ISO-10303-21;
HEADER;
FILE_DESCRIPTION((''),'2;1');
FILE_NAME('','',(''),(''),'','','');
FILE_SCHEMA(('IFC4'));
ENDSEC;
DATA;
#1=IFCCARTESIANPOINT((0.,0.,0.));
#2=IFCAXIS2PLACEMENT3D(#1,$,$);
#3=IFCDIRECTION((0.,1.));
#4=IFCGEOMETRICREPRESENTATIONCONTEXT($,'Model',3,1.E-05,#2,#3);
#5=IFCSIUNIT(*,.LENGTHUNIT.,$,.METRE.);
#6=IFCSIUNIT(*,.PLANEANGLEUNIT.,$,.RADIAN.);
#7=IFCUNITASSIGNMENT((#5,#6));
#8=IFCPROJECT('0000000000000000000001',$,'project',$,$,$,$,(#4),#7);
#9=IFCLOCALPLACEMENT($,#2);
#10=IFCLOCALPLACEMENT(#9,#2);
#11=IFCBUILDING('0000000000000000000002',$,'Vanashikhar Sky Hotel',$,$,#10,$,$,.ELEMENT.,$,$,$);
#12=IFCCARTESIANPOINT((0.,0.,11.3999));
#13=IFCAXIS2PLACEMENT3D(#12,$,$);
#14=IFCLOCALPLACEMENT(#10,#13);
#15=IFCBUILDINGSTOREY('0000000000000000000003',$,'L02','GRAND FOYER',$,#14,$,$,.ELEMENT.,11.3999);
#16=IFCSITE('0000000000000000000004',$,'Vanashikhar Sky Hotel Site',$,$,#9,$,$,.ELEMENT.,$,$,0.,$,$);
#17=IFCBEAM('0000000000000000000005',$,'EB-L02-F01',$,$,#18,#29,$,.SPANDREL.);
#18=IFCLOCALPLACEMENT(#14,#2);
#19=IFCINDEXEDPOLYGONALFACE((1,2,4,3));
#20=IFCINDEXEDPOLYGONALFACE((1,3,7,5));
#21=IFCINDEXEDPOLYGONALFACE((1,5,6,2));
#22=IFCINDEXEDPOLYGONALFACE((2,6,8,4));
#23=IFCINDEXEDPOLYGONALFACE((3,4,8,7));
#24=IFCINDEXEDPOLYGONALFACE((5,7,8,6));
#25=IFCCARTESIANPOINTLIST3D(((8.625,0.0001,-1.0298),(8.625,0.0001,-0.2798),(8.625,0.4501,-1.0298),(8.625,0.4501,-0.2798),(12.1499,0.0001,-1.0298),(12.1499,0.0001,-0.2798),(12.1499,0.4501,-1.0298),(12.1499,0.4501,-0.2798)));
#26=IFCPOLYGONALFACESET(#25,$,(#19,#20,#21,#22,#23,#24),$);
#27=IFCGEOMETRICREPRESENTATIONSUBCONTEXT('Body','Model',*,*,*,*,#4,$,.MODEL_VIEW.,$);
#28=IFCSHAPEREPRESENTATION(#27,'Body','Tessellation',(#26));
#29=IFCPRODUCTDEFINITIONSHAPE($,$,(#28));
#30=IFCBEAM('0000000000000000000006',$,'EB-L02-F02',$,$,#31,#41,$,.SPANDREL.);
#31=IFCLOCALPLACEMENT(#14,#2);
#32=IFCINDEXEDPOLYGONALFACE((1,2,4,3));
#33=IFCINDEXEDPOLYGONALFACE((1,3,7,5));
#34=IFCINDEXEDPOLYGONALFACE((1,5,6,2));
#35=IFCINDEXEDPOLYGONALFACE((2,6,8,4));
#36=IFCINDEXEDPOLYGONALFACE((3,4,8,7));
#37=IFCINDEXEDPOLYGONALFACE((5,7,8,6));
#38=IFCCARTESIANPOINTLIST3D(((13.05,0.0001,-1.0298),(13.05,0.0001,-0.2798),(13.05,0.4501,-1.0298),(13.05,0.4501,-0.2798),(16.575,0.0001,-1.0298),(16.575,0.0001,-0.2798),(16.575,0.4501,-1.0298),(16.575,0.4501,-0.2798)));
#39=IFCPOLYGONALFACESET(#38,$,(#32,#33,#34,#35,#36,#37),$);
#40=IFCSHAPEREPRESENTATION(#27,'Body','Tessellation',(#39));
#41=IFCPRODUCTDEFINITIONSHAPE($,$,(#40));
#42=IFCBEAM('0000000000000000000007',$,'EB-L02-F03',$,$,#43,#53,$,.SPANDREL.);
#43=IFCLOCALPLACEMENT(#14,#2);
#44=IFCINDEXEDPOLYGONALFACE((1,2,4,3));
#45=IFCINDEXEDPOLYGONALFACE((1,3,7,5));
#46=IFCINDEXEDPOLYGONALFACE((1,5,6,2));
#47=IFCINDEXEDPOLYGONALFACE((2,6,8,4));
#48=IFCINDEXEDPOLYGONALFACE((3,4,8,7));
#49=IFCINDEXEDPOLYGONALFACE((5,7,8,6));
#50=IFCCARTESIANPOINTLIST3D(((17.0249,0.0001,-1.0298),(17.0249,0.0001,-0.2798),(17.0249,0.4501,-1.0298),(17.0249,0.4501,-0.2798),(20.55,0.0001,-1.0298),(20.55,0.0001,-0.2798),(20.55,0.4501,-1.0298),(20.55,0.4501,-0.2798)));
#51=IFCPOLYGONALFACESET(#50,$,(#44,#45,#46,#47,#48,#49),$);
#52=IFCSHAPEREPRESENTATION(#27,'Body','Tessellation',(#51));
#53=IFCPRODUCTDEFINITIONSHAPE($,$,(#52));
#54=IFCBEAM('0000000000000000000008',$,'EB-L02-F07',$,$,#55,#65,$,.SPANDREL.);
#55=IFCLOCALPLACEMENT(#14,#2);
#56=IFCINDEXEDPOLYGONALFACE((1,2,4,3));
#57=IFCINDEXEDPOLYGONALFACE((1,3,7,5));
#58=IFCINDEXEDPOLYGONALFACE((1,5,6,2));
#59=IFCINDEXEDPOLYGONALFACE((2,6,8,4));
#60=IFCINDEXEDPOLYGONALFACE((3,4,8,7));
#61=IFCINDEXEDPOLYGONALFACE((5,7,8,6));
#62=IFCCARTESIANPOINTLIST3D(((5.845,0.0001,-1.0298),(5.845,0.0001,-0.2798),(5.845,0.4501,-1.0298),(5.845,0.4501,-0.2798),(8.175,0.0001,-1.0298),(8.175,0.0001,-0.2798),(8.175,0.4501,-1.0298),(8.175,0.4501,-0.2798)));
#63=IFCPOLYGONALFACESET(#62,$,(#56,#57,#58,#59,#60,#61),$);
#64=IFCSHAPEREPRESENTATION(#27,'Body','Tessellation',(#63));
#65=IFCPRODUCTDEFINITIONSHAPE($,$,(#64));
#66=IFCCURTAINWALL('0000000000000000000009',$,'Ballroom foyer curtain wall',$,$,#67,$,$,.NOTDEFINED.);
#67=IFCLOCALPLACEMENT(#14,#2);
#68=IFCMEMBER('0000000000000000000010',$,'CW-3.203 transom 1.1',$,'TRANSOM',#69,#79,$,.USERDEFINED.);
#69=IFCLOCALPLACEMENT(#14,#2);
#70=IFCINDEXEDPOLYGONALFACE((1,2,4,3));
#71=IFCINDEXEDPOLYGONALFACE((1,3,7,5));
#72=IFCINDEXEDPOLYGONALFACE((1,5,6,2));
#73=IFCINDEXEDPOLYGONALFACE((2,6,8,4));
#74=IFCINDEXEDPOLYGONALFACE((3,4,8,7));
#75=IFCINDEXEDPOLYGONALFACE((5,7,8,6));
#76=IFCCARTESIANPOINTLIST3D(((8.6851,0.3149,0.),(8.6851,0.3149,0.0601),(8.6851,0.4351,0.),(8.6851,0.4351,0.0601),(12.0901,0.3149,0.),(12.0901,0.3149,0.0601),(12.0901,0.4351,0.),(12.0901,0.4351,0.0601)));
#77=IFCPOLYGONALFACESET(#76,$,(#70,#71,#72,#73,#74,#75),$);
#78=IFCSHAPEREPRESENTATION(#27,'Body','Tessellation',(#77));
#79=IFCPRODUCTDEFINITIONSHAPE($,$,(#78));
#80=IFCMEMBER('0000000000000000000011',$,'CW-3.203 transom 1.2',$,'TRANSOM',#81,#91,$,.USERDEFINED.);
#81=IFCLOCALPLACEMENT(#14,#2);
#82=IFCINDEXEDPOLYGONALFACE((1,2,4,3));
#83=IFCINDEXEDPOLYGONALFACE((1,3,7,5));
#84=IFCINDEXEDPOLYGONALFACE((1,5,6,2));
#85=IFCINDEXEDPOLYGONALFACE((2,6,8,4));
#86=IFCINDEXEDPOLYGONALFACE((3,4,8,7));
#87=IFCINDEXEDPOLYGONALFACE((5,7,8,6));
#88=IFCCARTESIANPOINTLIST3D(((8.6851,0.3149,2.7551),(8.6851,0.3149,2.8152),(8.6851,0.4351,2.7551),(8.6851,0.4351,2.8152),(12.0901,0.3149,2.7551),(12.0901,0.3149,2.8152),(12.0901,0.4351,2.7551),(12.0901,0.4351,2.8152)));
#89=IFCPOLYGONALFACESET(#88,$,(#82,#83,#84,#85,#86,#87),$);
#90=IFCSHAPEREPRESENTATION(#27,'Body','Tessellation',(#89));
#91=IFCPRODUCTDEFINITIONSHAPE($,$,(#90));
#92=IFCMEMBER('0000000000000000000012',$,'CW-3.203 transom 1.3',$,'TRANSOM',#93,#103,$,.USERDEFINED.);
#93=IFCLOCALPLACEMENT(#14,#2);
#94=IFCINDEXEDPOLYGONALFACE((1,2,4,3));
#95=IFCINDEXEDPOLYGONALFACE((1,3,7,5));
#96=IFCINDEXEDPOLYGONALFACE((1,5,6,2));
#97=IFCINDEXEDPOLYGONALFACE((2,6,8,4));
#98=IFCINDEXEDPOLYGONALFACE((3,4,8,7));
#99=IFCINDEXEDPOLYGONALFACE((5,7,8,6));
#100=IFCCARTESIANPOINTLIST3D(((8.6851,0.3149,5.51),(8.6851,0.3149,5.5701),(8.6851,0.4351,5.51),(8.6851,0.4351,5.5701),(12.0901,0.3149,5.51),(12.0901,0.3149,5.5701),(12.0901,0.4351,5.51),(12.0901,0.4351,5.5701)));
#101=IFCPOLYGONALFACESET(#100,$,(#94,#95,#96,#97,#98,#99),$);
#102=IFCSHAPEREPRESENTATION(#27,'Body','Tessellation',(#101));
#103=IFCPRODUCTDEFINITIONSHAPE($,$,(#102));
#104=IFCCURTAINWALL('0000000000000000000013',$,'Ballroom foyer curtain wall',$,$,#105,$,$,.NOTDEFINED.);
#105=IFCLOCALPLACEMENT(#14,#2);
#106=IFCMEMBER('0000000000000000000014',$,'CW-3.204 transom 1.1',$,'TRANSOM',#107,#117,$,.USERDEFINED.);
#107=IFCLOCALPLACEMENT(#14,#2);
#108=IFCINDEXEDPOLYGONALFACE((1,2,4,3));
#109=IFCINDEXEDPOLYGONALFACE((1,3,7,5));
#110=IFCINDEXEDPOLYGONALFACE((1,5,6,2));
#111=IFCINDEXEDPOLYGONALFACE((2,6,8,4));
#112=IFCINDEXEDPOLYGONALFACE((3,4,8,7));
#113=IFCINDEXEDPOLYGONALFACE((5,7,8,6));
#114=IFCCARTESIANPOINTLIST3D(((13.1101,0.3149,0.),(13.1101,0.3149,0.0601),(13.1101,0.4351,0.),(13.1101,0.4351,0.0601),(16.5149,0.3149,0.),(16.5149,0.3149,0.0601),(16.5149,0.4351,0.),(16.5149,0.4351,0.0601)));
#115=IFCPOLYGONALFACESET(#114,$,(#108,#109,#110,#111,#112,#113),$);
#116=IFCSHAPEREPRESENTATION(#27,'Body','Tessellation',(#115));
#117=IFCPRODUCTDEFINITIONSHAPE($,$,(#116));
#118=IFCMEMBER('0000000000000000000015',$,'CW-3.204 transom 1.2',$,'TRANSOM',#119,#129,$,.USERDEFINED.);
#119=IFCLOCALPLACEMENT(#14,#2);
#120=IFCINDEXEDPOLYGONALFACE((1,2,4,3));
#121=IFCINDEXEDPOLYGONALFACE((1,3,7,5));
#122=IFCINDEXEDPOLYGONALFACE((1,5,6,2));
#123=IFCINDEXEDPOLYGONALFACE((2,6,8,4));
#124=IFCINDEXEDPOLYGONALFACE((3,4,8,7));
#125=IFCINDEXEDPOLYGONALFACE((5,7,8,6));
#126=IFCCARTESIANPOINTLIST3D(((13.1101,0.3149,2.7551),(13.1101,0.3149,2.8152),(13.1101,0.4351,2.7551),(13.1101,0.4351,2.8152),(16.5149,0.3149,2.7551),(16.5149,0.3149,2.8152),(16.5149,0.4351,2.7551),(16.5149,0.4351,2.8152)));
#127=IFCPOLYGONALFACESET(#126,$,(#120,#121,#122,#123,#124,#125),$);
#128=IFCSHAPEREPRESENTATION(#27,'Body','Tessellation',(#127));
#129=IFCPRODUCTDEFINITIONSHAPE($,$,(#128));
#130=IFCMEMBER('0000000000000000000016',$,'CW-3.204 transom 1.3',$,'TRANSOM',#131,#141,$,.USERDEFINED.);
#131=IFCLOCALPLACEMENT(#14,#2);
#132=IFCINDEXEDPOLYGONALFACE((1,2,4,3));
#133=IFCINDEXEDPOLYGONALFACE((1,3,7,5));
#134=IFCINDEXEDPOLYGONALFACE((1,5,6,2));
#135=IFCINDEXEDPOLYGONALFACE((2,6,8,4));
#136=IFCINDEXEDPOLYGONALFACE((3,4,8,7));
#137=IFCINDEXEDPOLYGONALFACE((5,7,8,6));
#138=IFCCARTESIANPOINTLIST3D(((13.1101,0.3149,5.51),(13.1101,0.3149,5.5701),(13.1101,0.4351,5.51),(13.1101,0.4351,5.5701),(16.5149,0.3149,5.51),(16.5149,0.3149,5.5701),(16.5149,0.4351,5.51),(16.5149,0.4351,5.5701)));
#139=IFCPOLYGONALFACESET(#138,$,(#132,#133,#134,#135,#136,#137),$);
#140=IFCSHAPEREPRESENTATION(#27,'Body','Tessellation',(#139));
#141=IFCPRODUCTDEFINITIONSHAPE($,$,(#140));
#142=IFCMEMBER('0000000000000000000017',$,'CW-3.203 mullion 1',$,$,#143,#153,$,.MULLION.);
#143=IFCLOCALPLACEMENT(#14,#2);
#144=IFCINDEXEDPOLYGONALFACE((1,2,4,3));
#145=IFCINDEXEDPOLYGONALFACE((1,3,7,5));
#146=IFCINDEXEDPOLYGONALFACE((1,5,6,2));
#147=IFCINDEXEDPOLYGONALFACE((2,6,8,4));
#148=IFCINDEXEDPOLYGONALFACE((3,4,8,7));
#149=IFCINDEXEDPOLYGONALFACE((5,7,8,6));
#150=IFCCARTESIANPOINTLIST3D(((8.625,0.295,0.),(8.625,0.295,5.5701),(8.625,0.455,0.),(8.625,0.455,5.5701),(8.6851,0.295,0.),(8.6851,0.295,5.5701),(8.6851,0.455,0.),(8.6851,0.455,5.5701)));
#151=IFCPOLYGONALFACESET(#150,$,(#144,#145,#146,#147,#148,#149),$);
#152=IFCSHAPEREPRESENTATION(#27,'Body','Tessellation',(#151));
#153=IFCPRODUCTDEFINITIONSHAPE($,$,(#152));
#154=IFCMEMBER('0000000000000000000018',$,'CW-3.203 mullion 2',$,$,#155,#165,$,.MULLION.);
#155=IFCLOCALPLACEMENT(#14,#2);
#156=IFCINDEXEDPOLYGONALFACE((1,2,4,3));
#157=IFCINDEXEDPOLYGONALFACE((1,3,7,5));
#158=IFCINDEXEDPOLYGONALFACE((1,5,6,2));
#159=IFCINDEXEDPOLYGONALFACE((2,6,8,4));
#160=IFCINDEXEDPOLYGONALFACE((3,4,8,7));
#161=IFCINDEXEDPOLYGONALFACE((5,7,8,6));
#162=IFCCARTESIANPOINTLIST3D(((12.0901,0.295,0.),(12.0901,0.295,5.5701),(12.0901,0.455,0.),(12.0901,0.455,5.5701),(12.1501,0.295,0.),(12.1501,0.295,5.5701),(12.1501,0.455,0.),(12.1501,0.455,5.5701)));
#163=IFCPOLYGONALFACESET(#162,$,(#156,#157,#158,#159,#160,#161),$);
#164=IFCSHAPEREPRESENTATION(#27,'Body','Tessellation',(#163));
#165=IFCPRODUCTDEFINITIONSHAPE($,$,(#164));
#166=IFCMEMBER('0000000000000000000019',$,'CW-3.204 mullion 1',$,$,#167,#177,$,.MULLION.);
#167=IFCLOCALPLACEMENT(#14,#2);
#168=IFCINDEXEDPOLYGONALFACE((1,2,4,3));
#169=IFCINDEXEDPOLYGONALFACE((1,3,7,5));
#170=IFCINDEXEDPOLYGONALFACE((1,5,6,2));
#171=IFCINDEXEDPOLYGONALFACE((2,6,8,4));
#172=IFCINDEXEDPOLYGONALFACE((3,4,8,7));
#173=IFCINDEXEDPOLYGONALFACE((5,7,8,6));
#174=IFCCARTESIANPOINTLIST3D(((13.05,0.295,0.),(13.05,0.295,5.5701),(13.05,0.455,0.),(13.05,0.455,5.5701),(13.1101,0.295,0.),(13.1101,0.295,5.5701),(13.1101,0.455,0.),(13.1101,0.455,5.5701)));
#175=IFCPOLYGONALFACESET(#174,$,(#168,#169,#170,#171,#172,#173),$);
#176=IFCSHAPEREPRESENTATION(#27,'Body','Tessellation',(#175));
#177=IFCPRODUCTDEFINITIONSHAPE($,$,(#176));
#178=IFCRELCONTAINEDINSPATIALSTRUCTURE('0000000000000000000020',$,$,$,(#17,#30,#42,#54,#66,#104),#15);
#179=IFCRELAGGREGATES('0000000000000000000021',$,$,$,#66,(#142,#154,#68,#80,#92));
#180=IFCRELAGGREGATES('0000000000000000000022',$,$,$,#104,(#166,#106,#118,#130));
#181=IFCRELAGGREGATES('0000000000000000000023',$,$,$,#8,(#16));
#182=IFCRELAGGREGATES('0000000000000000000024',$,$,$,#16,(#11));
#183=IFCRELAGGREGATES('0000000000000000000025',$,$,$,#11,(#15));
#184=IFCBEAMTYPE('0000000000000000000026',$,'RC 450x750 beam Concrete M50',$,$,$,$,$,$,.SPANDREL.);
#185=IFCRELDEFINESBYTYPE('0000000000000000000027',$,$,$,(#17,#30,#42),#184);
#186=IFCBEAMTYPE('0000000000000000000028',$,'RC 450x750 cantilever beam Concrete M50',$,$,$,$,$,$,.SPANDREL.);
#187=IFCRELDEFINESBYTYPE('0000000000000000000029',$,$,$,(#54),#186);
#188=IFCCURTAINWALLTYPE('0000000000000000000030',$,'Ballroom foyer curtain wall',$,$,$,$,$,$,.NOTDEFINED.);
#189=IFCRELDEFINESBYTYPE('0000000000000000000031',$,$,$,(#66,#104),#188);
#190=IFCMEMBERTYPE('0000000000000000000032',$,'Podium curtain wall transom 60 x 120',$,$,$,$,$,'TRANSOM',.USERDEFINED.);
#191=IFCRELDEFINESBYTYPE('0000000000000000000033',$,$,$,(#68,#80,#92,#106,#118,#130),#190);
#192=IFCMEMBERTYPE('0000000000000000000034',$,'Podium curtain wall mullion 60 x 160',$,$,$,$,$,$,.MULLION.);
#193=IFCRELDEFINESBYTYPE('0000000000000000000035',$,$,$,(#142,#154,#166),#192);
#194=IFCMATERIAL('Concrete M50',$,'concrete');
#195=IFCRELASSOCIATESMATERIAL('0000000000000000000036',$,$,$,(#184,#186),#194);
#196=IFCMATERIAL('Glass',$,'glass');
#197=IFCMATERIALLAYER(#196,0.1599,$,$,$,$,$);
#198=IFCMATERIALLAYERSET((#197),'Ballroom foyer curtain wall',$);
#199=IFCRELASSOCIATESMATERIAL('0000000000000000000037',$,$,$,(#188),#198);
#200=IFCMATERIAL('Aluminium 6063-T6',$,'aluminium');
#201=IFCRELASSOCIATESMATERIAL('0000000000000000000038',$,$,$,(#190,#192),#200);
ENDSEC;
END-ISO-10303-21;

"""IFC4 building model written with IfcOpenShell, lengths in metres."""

from ifc_helpers import new_model, si_unit, direction, frame, origin, origin_2d, place, context, subcontext, project, spatial, rectangle, extrude, source, transform, mapped, material, layer, layer_set, material_profile, profile_set, type_object, element, aggregate, save


model = new_model("IFC4")

# Units and contexts
model_context = context("Model", 3, precision=1e-05, world=origin(), true_north=direction((0.0, 1.0)))
body_context = subcontext(model_context, "Body", "Model", "MODEL_VIEW")
ifc_project = project(units=[si_unit("LENGTHUNIT", "METRE"), si_unit("PLANEANGLEUNIT", "RADIAN")], contexts=[model_context])

# Site, building, storey
site_placement = place(None, origin())
site = spatial("IfcSite", under=ifc_project, at=site_placement, Name="Vanashikhar Sky Hotel Site", CompositionType="ELEMENT", RefElevation=0.0)
building_placement = place(site_placement, origin())
building = spatial("IfcBuilding", under=site, at=building_placement, Name="Vanashikhar Sky Hotel", CompositionType="ELEMENT")
storey_placement = place(building_placement, frame((0.0, 0.0, 11.3999)))
storey = spatial("IfcBuildingStorey", under=building, at=storey_placement, Name="L02", Description="GRAND FOYER", CompositionType="ELEMENT", Elevation=11.3999)

# Beams
ifc_material_1 = material(Name="Concrete M50", Category="concrete")
ifc_material_profile_1 = material_profile(ifc_material_1, rectangle(XDim=0.45, YDim=0.75, at=origin_2d()))
ifc_profile_set_1 = profile_set([ifc_material_profile_1], Name="RC 450x750 beam Concrete M50")
beam_type_1 = type_object("IfcBeamType", Name="RC 450x750 beam Concrete M50", PredefinedType="SPANDREL", material=ifc_profile_set_1)
shared_shape_1 = source(origin(), body_context, "Body", "SweptSolid", [
    extrude(rectangle(XDim=0.45, YDim=0.75, at=origin_2d()), origin(), (0.0, 0.0, 1.0), 3.5249),
])
for number, where, z_axis, x_axis, name in (
    (1, (8.625, 0.2251, -0.6548), (1.0, 0.0, 0.0), (0.0, 1.0, 0.0), "EB-L02-F01"),
    (2, (13.05, 0.2251, -0.6548), (1.0, 0.0, 0.0), (0.0, 1.0, 0.0), "EB-L02-F02"),
):
    element("IfcBeam", number, at=place(storey_placement, frame(where, z_axis=z_axis, x_axis=x_axis)), inside=storey, type_object=beam_type_1, Name=name, PredefinedType="SPANDREL", context=body_context, shape_type="MappedRepresentation", body=[
        mapped(shared_shape_1, transform((0.0, 0.0, 0.0), scale=1.0)),
    ])
shared_shape_2 = source(origin(), body_context, "Body", "SweptSolid", [
    extrude(rectangle(XDim=0.45, YDim=0.75, at=origin_2d()), origin(), (0.0, 0.0, 1.0), 3.5251),
])
beam_1_placement = place(storey_placement, frame((17.0249, 0.2251, -0.6548), z_axis=(1.0, 0.0, 0.0), x_axis=(0.0, 1.0, 0.0)))
element("IfcBeam", 3, at=beam_1_placement, inside=storey, type_object=beam_type_1, Name="EB-L02-F03", PredefinedType="SPANDREL", context=body_context, shape_type="MappedRepresentation", body=[
    mapped(shared_shape_2, transform((0.0, 0.0, 0.0), scale=1.0)),
])
ifc_material_profile_2 = material_profile(ifc_material_1, rectangle(XDim=0.45, YDim=0.75, at=origin_2d()))
ifc_profile_set_2 = profile_set([ifc_material_profile_2], Name="RC 450x750 cantilever beam Concrete M50")
beam_type_2 = type_object("IfcBeamType", Name="RC 450x750 cantilever beam Concrete M50", PredefinedType="SPANDREL", material=ifc_profile_set_2)
shared_shape_3 = source(origin(), body_context, "Body", "SweptSolid", [
    extrude(rectangle(XDim=0.45, YDim=0.75, at=origin_2d()), origin(), (0.0, 0.0, 1.0), 2.3301),
])
beam_2_placement = place(storey_placement, frame((5.845, 0.2251, -0.6548), z_axis=(1.0, 0.0, 0.0), x_axis=(0.0, 1.0, 0.0)))
element("IfcBeam", 4, at=beam_2_placement, inside=storey, type_object=beam_type_2, Name="EB-L02-F07", PredefinedType="SPANDREL", context=body_context, shape_type="MappedRepresentation", body=[
    mapped(shared_shape_3, transform((0.0, 0.0, 0.0), scale=1.0)),
])

# Curtain walls, members
ifc_material_2 = material(Name="Glass", Category="glass")
ifc_layer_1 = layer(ifc_material_2, 0.1599)
ifc_layer_set_1 = layer_set([ifc_layer_1], Name="Ballroom foyer curtain wall")
curtain_wall_type = type_object("IfcCurtainWallType", Name="Ballroom foyer curtain wall", PredefinedType="NOTDEFINED", material=ifc_layer_set_1)
curtain_wall_1_placement = place(storey_placement, origin())
curtain_wall_1 = element("IfcCurtainWall", 5, at=curtain_wall_1_placement, inside=storey, type_object=curtain_wall_type, Name="Ballroom foyer curtain wall", PredefinedType="NOTDEFINED")
ifc_material_3 = material(Name="Aluminium 6063-T6", Category="aluminium")
ifc_material_profile_3 = material_profile(ifc_material_3, rectangle(XDim=0.1201, YDim=0.0601, at=origin_2d()))
ifc_profile_set_3 = profile_set([ifc_material_profile_3], Name="Aluminium 6063-T6")
member_type_1 = type_object("IfcMemberType", Name="Podium curtain wall transom 60 x 120", ElementType="TRANSOM", PredefinedType="USERDEFINED", material=ifc_profile_set_3)
shared_shape_4 = source(origin(), body_context, "Body", "SweptSolid", [
    extrude(rectangle(XDim=0.1201, YDim=0.0601, at=origin_2d()), origin(), (0.0, 0.0, 1.0), 3.405),
])
member_1_placement = place(storey_placement, frame((8.6851, 0.375, 0.03), z_axis=(1.0, 0.0, 0.0), x_axis=(0.0, 1.0, 0.0)))
member_1 = element("IfcMember", 6, at=member_1_placement, type_object=member_type_1, Name="CW-3.203 transom 1.1", ObjectType="TRANSOM", PredefinedType="USERDEFINED", context=body_context, shape_type="MappedRepresentation", body=[
    mapped(shared_shape_4, transform((0.0, 0.0, 0.0), scale=1.0)),
])
member_2_placement = place(storey_placement, frame((8.6851, 0.375, 2.7852), z_axis=(1.0, 0.0, 0.0), x_axis=(0.0, 1.0, 0.0)))
member_2 = element("IfcMember", 7, at=member_2_placement, type_object=member_type_1, Name="CW-3.203 transom 1.2", ObjectType="TRANSOM", PredefinedType="USERDEFINED", context=body_context, shape_type="MappedRepresentation", body=[
    mapped(shared_shape_4, transform((0.0, 0.0, 0.0), scale=1.0)),
])
member_3_placement = place(storey_placement, frame((8.6851, 0.375, 5.54), z_axis=(1.0, 0.0, 0.0), x_axis=(0.0, 1.0, 0.0)))
member_3 = element("IfcMember", 8, at=member_3_placement, type_object=member_type_1, Name="CW-3.203 transom 1.3", ObjectType="TRANSOM", PredefinedType="USERDEFINED", context=body_context, shape_type="MappedRepresentation", body=[
    mapped(shared_shape_4, transform((0.0, 0.0, 0.0), scale=1.0)),
])
curtain_wall_2_placement = place(storey_placement, origin())
curtain_wall_2 = element("IfcCurtainWall", 9, at=curtain_wall_2_placement, inside=storey, type_object=curtain_wall_type, Name="Ballroom foyer curtain wall", PredefinedType="NOTDEFINED")
shared_shape_5 = source(origin(), body_context, "Body", "SweptSolid", [
    extrude(rectangle(XDim=0.1201, YDim=0.0601, at=origin_2d()), origin(), (0.0, 0.0, 1.0), 3.4048),
])
member_4_placement = place(storey_placement, frame((13.1101, 0.375, 0.03), z_axis=(1.0, 0.0, 0.0), x_axis=(0.0, 1.0, 0.0)))
member_4 = element("IfcMember", 10, at=member_4_placement, type_object=member_type_1, Name="CW-3.204 transom 1.1", ObjectType="TRANSOM", PredefinedType="USERDEFINED", context=body_context, shape_type="MappedRepresentation", body=[
    mapped(shared_shape_5, transform((0.0, 0.0, 0.0), scale=1.0)),
])
member_5_placement = place(storey_placement, frame((13.1101, 0.375, 2.7852), z_axis=(1.0, 0.0, 0.0), x_axis=(0.0, 1.0, 0.0)))
member_5 = element("IfcMember", 11, at=member_5_placement, type_object=member_type_1, Name="CW-3.204 transom 1.2", ObjectType="TRANSOM", PredefinedType="USERDEFINED", context=body_context, shape_type="MappedRepresentation", body=[
    mapped(shared_shape_5, transform((0.0, 0.0, 0.0), scale=1.0)),
])
member_6_placement = place(storey_placement, frame((13.1101, 0.375, 5.54), z_axis=(1.0, 0.0, 0.0), x_axis=(0.0, 1.0, 0.0)))
member_6 = element("IfcMember", 12, at=member_6_placement, type_object=member_type_1, Name="CW-3.204 transom 1.3", ObjectType="TRANSOM", PredefinedType="USERDEFINED", context=body_context, shape_type="MappedRepresentation", body=[
    mapped(shared_shape_5, transform((0.0, 0.0, 0.0), scale=1.0)),
])

# Members
ifc_material_profile_4 = material_profile(ifc_material_3, rectangle(XDim=0.1599, YDim=0.0601, at=origin_2d()))
ifc_profile_set_4 = profile_set([ifc_material_profile_4], Name="Aluminium 6063-T6")
member_type_2 = type_object("IfcMemberType", Name="Podium curtain wall mullion 60 x 160", PredefinedType="MULLION", material=ifc_profile_set_4)
shared_shape_6 = source(origin(), body_context, "Body", "SweptSolid", [
    extrude(rectangle(XDim=0.1599, YDim=0.0601, at=origin_2d()), origin(), (0.0, 0.0, 1.0), 5.5701),
])
member_7_placement = place(storey_placement, frame((8.655, 0.375, 0.0), z_axis=(0.0, 0.0, 1.0), x_axis=(0.0, 1.0, 0.0)))
member_7 = element("IfcMember", 13, at=member_7_placement, type_object=member_type_2, Name="CW-3.203 mullion 1", PredefinedType="MULLION", context=body_context, shape_type="MappedRepresentation", body=[
    mapped(shared_shape_6, transform((0.0, 0.0, 0.0), scale=1.0)),
])
member_8_placement = place(storey_placement, frame((12.1201, 0.375, 0.0), z_axis=(0.0, 0.0, 1.0), x_axis=(0.0, 1.0, 0.0)))
member_8 = element("IfcMember", 14, at=member_8_placement, type_object=member_type_2, Name="CW-3.203 mullion 2", PredefinedType="MULLION", context=body_context, shape_type="MappedRepresentation", body=[
    mapped(shared_shape_6, transform((0.0, 0.0, 0.0), scale=1.0)),
])
member_9_placement = place(storey_placement, frame((13.0801, 0.375, 0.0), z_axis=(0.0, 0.0, 1.0), x_axis=(0.0, 1.0, 0.0)))
member_9 = element("IfcMember", 15, at=member_9_placement, type_object=member_type_2, Name="CW-3.204 mullion 1", PredefinedType="MULLION", context=body_context, shape_type="MappedRepresentation", body=[
    mapped(shared_shape_6, transform((0.0, 0.0, 0.0), scale=1.0)),
])

aggregate(curtain_wall_1, [member_7, member_8, member_1, member_2, member_3])
aggregate(curtain_wall_2, [member_9, member_4, member_5, member_6])

save(model, "model.ifc")
